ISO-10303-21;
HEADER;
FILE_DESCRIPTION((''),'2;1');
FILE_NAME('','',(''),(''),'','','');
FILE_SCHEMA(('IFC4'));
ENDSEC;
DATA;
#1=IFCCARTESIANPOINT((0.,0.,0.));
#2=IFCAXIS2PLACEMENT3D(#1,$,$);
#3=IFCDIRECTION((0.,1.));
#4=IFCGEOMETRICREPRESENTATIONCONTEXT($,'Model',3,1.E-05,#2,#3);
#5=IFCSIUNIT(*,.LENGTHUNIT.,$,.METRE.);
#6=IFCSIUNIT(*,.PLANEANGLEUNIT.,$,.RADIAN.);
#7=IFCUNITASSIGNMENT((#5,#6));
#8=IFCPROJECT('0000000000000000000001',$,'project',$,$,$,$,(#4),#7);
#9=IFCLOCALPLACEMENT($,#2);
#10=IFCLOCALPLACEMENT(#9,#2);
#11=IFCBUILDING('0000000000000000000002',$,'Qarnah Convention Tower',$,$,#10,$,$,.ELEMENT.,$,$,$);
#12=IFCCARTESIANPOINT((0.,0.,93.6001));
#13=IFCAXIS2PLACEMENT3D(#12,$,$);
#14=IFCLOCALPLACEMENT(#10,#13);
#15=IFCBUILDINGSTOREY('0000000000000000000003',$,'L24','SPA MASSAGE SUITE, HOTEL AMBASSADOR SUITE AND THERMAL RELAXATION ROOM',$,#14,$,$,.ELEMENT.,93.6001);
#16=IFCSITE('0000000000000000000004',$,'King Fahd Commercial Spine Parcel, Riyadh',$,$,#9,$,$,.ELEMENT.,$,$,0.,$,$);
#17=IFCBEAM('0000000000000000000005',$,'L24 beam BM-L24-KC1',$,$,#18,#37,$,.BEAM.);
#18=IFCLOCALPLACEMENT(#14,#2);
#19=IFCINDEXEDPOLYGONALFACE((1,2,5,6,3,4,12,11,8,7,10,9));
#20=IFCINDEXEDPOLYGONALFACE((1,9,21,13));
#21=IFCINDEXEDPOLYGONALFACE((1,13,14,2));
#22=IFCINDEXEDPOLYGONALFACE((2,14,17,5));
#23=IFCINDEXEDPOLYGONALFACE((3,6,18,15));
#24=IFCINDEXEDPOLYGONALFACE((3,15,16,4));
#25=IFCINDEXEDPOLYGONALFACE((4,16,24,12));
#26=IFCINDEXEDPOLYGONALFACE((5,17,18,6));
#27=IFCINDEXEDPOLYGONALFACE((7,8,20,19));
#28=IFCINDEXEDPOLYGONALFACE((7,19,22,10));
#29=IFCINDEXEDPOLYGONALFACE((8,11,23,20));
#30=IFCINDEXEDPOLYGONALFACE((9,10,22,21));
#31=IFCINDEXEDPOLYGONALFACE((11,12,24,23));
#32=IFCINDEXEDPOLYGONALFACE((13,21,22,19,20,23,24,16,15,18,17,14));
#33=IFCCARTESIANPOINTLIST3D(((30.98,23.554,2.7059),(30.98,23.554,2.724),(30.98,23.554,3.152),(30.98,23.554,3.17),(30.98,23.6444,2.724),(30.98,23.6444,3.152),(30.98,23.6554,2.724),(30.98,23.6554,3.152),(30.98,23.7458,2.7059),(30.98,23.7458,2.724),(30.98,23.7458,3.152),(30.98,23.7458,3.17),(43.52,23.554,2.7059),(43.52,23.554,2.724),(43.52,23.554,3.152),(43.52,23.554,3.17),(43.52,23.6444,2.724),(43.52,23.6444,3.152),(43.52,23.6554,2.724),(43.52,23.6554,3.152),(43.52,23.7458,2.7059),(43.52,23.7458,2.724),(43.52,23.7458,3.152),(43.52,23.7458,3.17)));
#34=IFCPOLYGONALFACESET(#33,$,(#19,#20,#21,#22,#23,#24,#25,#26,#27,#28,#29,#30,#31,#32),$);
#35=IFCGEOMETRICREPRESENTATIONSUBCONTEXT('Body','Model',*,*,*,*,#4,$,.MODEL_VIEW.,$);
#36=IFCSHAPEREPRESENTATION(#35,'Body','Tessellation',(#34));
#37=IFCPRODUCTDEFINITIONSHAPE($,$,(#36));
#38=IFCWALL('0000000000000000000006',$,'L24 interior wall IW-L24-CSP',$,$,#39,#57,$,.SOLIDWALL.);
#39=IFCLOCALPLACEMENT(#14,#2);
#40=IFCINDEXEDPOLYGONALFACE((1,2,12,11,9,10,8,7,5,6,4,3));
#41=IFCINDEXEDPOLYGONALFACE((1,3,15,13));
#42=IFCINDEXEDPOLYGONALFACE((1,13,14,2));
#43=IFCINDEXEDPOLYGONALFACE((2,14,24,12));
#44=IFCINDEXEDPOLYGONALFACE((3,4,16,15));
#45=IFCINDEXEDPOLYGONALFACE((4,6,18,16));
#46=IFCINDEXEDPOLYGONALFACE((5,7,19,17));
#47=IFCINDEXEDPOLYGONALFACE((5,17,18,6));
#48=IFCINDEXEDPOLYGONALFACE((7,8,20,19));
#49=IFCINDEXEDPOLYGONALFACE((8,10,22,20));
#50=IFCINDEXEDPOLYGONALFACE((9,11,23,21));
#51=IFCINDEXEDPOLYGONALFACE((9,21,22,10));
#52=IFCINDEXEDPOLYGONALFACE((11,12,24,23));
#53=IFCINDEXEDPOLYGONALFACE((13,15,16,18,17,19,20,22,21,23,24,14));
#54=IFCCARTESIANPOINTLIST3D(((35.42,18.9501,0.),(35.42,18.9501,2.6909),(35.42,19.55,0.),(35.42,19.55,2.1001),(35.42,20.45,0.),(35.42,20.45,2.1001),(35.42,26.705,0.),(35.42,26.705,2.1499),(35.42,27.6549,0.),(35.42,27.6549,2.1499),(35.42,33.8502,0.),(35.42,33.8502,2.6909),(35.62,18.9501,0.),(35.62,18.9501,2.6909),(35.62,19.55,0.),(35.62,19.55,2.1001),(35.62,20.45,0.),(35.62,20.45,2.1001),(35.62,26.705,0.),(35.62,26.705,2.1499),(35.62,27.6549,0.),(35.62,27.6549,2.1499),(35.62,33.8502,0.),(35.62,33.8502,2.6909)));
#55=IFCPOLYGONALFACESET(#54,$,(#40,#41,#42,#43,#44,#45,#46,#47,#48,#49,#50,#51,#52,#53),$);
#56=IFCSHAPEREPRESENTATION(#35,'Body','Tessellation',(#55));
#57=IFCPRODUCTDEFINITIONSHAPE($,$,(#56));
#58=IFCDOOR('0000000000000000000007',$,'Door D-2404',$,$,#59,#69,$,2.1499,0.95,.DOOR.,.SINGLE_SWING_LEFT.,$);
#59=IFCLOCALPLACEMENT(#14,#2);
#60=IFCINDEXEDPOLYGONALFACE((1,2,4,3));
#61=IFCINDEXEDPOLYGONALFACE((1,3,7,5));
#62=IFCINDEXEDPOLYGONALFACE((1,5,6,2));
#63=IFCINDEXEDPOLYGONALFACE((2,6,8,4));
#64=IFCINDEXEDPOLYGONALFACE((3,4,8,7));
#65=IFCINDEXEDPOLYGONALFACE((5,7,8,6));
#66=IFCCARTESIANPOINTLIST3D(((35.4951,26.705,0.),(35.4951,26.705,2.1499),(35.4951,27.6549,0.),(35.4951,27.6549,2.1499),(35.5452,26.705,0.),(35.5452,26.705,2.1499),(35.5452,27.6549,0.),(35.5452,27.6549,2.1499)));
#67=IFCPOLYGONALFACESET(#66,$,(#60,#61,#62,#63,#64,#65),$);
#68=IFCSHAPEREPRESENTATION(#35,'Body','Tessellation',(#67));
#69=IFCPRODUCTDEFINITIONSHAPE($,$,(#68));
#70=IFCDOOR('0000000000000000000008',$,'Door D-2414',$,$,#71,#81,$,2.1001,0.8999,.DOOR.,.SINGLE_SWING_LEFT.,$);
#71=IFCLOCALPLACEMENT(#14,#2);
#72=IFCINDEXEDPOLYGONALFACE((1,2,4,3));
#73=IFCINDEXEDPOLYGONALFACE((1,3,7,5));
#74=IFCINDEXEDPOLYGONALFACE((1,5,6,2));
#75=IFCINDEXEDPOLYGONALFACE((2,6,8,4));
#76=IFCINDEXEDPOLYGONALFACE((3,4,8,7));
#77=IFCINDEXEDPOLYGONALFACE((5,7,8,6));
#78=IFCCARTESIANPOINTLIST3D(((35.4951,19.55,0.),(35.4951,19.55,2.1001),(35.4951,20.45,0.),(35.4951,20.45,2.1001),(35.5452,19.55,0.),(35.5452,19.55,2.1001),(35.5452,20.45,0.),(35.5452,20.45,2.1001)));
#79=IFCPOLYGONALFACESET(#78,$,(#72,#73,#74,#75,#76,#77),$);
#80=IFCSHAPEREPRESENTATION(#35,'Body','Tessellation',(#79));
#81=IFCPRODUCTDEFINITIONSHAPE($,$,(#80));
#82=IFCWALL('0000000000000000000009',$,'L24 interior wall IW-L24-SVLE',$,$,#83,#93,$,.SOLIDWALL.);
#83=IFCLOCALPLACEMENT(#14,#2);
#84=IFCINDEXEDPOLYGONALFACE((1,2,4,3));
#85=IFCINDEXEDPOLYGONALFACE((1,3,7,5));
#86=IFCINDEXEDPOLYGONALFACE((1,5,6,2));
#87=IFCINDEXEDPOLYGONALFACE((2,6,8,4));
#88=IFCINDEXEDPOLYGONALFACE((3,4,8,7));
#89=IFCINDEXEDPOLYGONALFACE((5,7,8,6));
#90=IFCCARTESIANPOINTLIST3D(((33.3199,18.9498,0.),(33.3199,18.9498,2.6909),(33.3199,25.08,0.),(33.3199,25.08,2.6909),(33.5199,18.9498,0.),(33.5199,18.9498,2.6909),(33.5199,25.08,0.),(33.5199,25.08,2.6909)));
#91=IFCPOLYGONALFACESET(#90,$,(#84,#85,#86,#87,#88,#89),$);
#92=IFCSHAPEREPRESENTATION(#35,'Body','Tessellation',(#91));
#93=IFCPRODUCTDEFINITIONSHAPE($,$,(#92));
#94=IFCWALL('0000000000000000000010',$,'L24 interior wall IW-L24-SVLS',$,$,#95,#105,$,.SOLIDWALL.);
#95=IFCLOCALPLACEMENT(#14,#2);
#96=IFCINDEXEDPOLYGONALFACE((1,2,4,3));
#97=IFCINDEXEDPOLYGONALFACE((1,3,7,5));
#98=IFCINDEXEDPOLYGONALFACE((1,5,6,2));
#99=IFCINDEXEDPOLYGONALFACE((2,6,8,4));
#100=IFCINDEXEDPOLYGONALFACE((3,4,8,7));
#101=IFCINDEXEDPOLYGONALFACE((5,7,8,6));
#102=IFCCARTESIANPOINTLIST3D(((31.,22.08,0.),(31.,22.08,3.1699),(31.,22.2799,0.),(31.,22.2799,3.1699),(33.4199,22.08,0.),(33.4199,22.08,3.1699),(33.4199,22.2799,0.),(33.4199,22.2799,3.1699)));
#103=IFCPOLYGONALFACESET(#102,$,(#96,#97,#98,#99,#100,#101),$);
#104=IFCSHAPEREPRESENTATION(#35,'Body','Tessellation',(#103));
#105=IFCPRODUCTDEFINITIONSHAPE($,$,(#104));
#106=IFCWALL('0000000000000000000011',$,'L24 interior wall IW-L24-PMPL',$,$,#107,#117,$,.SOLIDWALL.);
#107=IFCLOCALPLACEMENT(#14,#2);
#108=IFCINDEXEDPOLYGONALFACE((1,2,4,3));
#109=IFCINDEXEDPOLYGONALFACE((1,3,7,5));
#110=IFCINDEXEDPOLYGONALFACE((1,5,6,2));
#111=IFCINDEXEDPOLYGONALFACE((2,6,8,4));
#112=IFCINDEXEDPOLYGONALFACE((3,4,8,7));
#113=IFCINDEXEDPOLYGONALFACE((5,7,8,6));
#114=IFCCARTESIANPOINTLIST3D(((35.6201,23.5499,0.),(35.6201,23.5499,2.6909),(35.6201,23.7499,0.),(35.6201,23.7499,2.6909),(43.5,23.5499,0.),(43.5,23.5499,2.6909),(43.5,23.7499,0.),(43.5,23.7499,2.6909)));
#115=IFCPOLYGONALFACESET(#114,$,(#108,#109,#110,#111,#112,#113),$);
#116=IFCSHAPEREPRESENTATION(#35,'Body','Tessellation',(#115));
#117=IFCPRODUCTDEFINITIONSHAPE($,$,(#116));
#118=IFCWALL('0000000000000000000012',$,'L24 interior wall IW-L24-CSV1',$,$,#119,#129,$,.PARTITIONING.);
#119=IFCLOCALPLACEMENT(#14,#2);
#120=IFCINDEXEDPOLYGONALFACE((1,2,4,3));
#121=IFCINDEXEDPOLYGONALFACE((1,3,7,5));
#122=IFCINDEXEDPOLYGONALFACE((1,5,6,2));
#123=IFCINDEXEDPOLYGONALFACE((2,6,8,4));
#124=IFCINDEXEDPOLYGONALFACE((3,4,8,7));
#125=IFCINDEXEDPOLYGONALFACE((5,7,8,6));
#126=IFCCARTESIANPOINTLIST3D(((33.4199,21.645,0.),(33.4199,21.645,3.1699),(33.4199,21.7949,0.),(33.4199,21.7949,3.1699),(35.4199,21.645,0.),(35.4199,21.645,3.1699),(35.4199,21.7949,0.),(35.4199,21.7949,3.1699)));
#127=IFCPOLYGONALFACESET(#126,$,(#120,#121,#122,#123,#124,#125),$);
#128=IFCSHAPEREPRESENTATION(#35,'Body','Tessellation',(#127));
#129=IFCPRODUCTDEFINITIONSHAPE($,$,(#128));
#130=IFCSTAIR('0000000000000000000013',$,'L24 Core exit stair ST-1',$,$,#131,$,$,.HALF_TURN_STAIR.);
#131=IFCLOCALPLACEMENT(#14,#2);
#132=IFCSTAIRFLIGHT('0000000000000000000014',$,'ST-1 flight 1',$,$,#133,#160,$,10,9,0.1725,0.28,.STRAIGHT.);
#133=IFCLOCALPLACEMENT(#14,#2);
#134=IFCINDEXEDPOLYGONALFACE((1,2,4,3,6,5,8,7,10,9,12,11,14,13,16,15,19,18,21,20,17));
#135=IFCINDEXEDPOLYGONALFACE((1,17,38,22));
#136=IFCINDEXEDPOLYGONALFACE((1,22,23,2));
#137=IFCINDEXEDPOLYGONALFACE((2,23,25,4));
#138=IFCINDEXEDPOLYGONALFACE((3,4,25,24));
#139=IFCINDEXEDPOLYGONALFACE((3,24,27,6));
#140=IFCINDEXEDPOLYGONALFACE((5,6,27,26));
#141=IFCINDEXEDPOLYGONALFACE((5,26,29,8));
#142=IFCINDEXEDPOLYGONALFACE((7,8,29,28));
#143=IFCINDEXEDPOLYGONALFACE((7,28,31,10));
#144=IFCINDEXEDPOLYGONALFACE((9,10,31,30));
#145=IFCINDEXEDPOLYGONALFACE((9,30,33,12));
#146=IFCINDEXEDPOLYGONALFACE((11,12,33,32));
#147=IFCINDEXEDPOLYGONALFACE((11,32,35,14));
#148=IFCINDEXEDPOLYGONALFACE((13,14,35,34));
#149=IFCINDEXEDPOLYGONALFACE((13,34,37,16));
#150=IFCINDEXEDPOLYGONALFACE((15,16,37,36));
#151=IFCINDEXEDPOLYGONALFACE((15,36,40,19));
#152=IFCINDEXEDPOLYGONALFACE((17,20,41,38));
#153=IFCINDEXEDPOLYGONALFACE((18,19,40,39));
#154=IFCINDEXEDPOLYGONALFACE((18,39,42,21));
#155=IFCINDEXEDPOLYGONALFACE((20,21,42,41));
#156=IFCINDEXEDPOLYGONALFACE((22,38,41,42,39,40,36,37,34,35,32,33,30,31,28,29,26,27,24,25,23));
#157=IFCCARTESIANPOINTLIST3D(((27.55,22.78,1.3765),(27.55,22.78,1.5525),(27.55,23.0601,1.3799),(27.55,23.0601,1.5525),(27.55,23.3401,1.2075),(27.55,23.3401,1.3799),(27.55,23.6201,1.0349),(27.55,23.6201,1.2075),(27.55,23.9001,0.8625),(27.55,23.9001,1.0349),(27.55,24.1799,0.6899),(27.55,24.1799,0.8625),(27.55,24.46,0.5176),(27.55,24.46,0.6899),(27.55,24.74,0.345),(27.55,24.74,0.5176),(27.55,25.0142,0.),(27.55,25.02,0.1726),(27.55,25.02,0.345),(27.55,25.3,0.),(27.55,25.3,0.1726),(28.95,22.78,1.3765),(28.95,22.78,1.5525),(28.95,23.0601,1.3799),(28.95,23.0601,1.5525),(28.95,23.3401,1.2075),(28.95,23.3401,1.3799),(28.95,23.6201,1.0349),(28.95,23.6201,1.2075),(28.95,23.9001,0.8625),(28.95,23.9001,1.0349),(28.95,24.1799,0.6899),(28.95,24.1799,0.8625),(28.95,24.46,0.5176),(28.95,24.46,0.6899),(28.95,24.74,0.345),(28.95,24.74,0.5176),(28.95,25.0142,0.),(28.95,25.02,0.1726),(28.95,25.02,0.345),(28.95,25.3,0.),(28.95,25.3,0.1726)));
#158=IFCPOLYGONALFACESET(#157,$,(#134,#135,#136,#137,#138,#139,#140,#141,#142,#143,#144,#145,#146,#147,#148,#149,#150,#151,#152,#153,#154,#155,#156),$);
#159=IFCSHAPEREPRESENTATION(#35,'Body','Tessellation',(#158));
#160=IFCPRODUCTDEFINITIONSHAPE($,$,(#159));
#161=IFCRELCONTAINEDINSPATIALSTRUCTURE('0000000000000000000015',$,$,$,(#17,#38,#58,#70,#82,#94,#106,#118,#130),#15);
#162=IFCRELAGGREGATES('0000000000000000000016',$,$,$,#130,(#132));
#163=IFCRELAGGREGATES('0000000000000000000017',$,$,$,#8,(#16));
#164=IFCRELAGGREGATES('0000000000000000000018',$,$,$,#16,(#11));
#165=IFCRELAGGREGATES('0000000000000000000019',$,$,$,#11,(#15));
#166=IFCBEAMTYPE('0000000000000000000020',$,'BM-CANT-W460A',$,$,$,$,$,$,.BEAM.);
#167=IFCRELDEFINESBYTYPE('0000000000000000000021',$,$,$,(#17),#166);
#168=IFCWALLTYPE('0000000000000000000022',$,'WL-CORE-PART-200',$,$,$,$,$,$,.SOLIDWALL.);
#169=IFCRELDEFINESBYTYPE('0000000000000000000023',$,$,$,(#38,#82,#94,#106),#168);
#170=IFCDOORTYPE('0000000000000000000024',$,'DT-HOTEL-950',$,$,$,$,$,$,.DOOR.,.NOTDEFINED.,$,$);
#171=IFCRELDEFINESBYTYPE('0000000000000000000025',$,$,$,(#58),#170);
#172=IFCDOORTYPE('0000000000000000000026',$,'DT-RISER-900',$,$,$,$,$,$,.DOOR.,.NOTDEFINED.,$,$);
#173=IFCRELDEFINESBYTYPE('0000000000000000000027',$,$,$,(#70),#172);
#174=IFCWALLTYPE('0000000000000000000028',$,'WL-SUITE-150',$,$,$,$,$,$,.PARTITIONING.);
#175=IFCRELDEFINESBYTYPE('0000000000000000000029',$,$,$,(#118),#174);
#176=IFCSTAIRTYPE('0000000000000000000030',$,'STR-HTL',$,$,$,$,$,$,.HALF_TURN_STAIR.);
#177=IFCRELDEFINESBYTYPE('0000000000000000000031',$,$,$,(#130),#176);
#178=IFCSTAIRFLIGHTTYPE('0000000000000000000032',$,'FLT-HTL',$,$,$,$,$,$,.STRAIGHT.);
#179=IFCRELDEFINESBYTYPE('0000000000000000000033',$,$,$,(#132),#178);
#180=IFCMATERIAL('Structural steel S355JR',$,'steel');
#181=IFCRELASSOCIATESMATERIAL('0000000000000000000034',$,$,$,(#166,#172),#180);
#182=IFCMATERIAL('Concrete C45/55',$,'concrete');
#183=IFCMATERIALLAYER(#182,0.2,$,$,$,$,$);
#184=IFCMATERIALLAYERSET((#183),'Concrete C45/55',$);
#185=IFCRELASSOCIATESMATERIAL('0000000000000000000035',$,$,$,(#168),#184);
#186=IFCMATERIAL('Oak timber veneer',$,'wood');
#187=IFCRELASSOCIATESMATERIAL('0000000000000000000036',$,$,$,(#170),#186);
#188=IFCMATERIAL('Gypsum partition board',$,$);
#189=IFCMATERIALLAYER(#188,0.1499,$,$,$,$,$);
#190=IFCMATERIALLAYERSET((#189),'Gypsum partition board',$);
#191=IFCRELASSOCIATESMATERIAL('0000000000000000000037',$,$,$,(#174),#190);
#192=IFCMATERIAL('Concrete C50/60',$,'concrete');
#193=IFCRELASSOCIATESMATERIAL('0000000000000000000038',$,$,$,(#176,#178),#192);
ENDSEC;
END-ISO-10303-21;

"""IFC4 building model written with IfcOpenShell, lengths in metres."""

from ifc_helpers import new_model, si_unit, direction, frame, frame_2d, origin, origin_2d, place, context, subcontext, project, spatial, polyline, rectangle, i_section, outline, extrude, material, layer, layer_set, material_profile, profile_set, type_object, element, fill, aggregate, save


model = new_model("IFC4")

# Units and contexts
model_context = context("Model", 3, precision=1e-05, world=origin(), true_north=direction((0.0, 1.0)))
body_context = subcontext(model_context, "Body", "Model", "MODEL_VIEW")
ifc_project = project(units=[si_unit("LENGTHUNIT", "METRE"), si_unit("PLANEANGLEUNIT", "RADIAN")], contexts=[model_context])

# Site, building, storey
site_placement = place(None, origin())
site = spatial("IfcSite", under=ifc_project, at=site_placement, Name="King Fahd Commercial Spine Parcel, Riyadh", CompositionType="ELEMENT", RefElevation=0.0)
building_placement = place(site_placement, origin())
building = spatial("IfcBuilding", under=site, at=building_placement, Name="Qarnah Convention Tower", CompositionType="ELEMENT")
storey_placement = place(building_placement, frame((0.0, 0.0, 93.6001)))
storey = spatial("IfcBuildingStorey", under=building, at=storey_placement, Name="L24", Description="SPA MASSAGE SUITE, HOTEL AMBASSADOR SUITE AND THERMAL RELAXATION ROOM", CompositionType="ELEMENT", Elevation=93.6001)

# Beam
ifc_material_1 = material(Name="Structural steel S355JR", Category="steel")
ifc_material_profile = material_profile(ifc_material_1, i_section(OverallWidth=0.1919, OverallDepth=0.4641, WebThickness=0.011, FlangeThickness=0.0181, at=origin_2d()), Name="W460X89")
ifc_profile_set = profile_set([ifc_material_profile], Name="Structural steel S355JR")
beam_type = type_object("IfcBeamType", Name="BM-CANT-W460A", PredefinedType="BEAM", material=ifc_profile_set)
beam_placement = place(storey_placement, frame((30.98, 23.6499, 2.938), z_axis=(1.0, 0.0, 0.0), x_axis=(0.0, 1.0, 0.0)))
element("IfcBeam", 1, at=beam_placement, inside=storey, type_object=beam_type, Name="L24 beam BM-L24-KC1", PredefinedType="BEAM", context=body_context, shape_type="SweptSolid", body=[
    extrude(i_section(OverallWidth=0.1919, OverallDepth=0.4641, WebThickness=0.011, FlangeThickness=0.0181, at=origin_2d()), origin(), (0.0, 0.0, 1.0), 12.54),
])

# Wall, openings, doors
door_type_1 = type_object("IfcDoorType", Name="DT-RISER-900", OperationType="NOTDEFINED", PredefinedType="DOOR", material=ifc_material_1)
ifc_material_2 = material(Name="Concrete C45/55", Category="concrete")
ifc_layer_1 = layer(ifc_material_2, 0.2)
ifc_layer_set_1 = layer_set([ifc_layer_1], Name="Concrete C45/55")
wall_type_1 = type_object("IfcWallType", Name="WL-CORE-PART-200", PredefinedType="SOLIDWALL", material=ifc_layer_set_1)
wall_1_placement = place(storey_placement, frame((35.52, 18.95, 0.0), z_axis=(0.0, 0.0, 1.0), x_axis=(0.0, 1.0, 0.0)))
wall_1 = element("IfcWall", 2, at=wall_1_placement, inside=storey, type_object=wall_type_1, Name="L24 interior wall IW-L24-CSP", PredefinedType="SOLIDWALL", context=body_context, shape_type="SweptSolid", body=[
    extrude(rectangle(XDim=14.9001, YDim=0.2, at=frame_2d((7.4502, 0.0))), origin(), (0.0, 0.0, 1.0), 2.6909),
])
opening_1_placement = place(wall_1_placement, frame((7.7549, 0.0, 0.0)))
opening_1 = element("IfcOpeningElement", 3, at=opening_1_placement, cuts=wall_1, PredefinedType="OPENING", context=body_context, shape_type="SweptSolid", body=[
    extrude(rectangle(XDim=0.95, YDim=2.1499, at=frame_2d((0.4751, 1.075))), frame((0.0, 0.1099, 0.0), z_axis=(0.0, -1.0, 0.0), x_axis=(1.0, 0.0, 0.0)), (0.0, 0.0, 1.0), 0.22),
])
opening_2_placement = place(wall_1_placement, frame((0.6001, 0.0, 0.0)))
opening_2 = element("IfcOpeningElement", 4, at=opening_2_placement, cuts=wall_1, PredefinedType="OPENING", context=body_context, shape_type="SweptSolid", body=[
    extrude(rectangle(XDim=0.8999, YDim=2.1001, at=frame_2d((0.45, 1.05))), frame((0.0, 0.1099, 0.0), z_axis=(0.0, -1.0, 0.0), x_axis=(1.0, 0.0, 0.0)), (0.0, 0.0, 1.0), 0.22),
])
ifc_material_3 = material(Name="Oak timber veneer", Category="wood")
door_type_2 = type_object("IfcDoorType", Name="DT-HOTEL-950", OperationType="NOTDEFINED", PredefinedType="DOOR", material=ifc_material_3)
door_1_placement = place(opening_1_placement, origin())
door_1 = element("IfcDoor", 5, at=door_1_placement, inside=storey, type_object=door_type_2, Name="Door D-2404", OperationType="SINGLE_SWING_LEFT", OverallHeight=2.1499, OverallWidth=0.95, PredefinedType="DOOR", context=body_context, shape_type="SweptSolid", body=[
    extrude(rectangle(XDim=0.95, YDim=2.1499, at=frame_2d((0.4751, 1.075))), frame((0.0, 0.0249, 0.0), z_axis=(0.0, -1.0, 0.0), x_axis=(1.0, 0.0, 0.0)), (0.0, 0.0, 1.0), 0.05),
])
fill(opening_1, door_1)
door_2_placement = place(opening_2_placement, origin())
door_2 = element("IfcDoor", 6, at=door_2_placement, inside=storey, type_object=door_type_1, Name="Door D-2414", OperationType="SINGLE_SWING_LEFT", OverallHeight=2.1001, OverallWidth=0.8999, PredefinedType="DOOR", context=body_context, shape_type="SweptSolid", body=[
    extrude(rectangle(XDim=0.8999, YDim=2.1001, at=frame_2d((0.45, 1.05))), frame((0.0, 0.0249, 0.0), z_axis=(0.0, -1.0, 0.0), x_axis=(1.0, 0.0, 0.0)), (0.0, 0.0, 1.0), 0.05),
])
fill(opening_2, door_2)

# Walls
wall_2_placement = place(storey_placement, frame((33.4199, 18.95, 0.0), z_axis=(0.0, 0.0, 1.0), x_axis=(0.0, 1.0, 0.0)))
element("IfcWall", 7, at=wall_2_placement, inside=storey, type_object=wall_type_1, Name="L24 interior wall IW-L24-SVLE", PredefinedType="SOLIDWALL", context=body_context, shape_type="SweptSolid", body=[
    extrude(rectangle(XDim=6.1301, YDim=0.2, at=frame_2d((3.0649, 0.0))), origin(), (0.0, 0.0, 1.0), 2.6909),
])
wall_3_placement = place(storey_placement, frame((31.0, 22.1799, 0.0), z_axis=(0.0, 0.0, 1.0), x_axis=(1.0, 0.0, 0.0)))
element("IfcWall", 8, at=wall_3_placement, inside=storey, type_object=wall_type_1, Name="L24 interior wall IW-L24-SVLS", PredefinedType="SOLIDWALL", context=body_context, shape_type="SweptSolid", body=[
    extrude(rectangle(XDim=2.4199, YDim=0.2, at=frame_2d((1.21, 0.0))), origin(), (0.0, 0.0, 1.0), 3.1699),
])
wall_4_placement = place(storey_placement, frame((35.6201, 23.6499, 0.0), z_axis=(0.0, 0.0, 1.0), x_axis=(1.0, 0.0, 0.0)))
element("IfcWall", 9, at=wall_4_placement, inside=storey, type_object=wall_type_1, Name="L24 interior wall IW-L24-PMPL", PredefinedType="SOLIDWALL", context=body_context, shape_type="SweptSolid", body=[
    extrude(rectangle(XDim=7.8799, YDim=0.2, at=frame_2d((3.9399, 0.0))), origin(), (0.0, 0.0, 1.0), 2.6909),
])

# Wall
ifc_material_4 = material(Name="Gypsum partition board")
ifc_layer_2 = layer(ifc_material_4, 0.1499)
ifc_layer_set_2 = layer_set([ifc_layer_2], Name="Gypsum partition board")
wall_type_2 = type_object("IfcWallType", Name="WL-SUITE-150", PredefinedType="PARTITIONING", material=ifc_layer_set_2)
wall_5_placement = place(storey_placement, frame((33.4199, 21.72, 0.0), z_axis=(0.0, 0.0, 1.0), x_axis=(1.0, 0.0, 0.0)))
element("IfcWall", 10, at=wall_5_placement, inside=storey, type_object=wall_type_2, Name="L24 interior wall IW-L24-CSV1", PredefinedType="PARTITIONING", context=body_context, shape_type="SweptSolid", body=[
    extrude(rectangle(XDim=2.0, YDim=0.1499, at=frame_2d((1.0, 0.0))), origin(), (0.0, 0.0, 1.0), 3.1699),
])

# Stair, stair flight
ifc_material_5 = material(Name="Concrete C50/60", Category="concrete")
stair_type = type_object("IfcStairType", Name="STR-HTL", PredefinedType="HALF_TURN_STAIR", material=ifc_material_5)
stair_placement = place(storey_placement, origin())
stair = element("IfcStair", 11, at=stair_placement, inside=storey, type_object=stair_type, Name="L24 Core exit stair ST-1", PredefinedType="HALF_TURN_STAIR")
stair_flight_type = type_object("IfcStairFlightType", Name="FLT-HTL", PredefinedType="STRAIGHT", material=ifc_material_5)
stair_flight_1_placement = place(storey_placement, frame((28.25, 25.3, 0.0), z_axis=(0.0, 0.0, 1.0), x_axis=(0.0, -1.0, 0.0)))
stair_flight_1 = element("IfcStairFlight", 12, at=stair_flight_1_placement, type_object=stair_flight_type, Name="ST-1 flight 1", NumberOfRisers=10, NumberOfTreads=9, PredefinedType="STRAIGHT", RiserHeight=0.1725, TreadLength=0.28, context=body_context, shape_type="SweptSolid", body=[
    extrude(outline(polyline([(0.0, 0.0), (0.0, 0.1726), (0.28, 0.1726), (0.28, 0.345), (0.5601, 0.345), (0.5601, 0.5176), (0.8401, 0.5176), (0.8401, 0.6899), (1.1201, 0.6899), (1.1201, 0.8625), (1.3999, 0.8625), (1.3999, 1.0349), (1.6799, 1.0349), (1.6799, 1.2075), (1.96, 1.2075), (1.96, 1.3799), (2.24, 1.3799), (2.24, 1.5525), (2.52, 1.5525), (2.52, 1.7251), (2.52, 1.3765), (0.2859, 0.0), (0.0, 0.0)])), frame((0.0, 0.7, 0.0), z_axis=(0.0, -1.0, 0.0), x_axis=(1.0, 0.0, 0.0)), (0.0, 0.0, 1.0), 1.3999),
])
aggregate(stair, [stair_flight_1])

save(model, "model.ifc")
